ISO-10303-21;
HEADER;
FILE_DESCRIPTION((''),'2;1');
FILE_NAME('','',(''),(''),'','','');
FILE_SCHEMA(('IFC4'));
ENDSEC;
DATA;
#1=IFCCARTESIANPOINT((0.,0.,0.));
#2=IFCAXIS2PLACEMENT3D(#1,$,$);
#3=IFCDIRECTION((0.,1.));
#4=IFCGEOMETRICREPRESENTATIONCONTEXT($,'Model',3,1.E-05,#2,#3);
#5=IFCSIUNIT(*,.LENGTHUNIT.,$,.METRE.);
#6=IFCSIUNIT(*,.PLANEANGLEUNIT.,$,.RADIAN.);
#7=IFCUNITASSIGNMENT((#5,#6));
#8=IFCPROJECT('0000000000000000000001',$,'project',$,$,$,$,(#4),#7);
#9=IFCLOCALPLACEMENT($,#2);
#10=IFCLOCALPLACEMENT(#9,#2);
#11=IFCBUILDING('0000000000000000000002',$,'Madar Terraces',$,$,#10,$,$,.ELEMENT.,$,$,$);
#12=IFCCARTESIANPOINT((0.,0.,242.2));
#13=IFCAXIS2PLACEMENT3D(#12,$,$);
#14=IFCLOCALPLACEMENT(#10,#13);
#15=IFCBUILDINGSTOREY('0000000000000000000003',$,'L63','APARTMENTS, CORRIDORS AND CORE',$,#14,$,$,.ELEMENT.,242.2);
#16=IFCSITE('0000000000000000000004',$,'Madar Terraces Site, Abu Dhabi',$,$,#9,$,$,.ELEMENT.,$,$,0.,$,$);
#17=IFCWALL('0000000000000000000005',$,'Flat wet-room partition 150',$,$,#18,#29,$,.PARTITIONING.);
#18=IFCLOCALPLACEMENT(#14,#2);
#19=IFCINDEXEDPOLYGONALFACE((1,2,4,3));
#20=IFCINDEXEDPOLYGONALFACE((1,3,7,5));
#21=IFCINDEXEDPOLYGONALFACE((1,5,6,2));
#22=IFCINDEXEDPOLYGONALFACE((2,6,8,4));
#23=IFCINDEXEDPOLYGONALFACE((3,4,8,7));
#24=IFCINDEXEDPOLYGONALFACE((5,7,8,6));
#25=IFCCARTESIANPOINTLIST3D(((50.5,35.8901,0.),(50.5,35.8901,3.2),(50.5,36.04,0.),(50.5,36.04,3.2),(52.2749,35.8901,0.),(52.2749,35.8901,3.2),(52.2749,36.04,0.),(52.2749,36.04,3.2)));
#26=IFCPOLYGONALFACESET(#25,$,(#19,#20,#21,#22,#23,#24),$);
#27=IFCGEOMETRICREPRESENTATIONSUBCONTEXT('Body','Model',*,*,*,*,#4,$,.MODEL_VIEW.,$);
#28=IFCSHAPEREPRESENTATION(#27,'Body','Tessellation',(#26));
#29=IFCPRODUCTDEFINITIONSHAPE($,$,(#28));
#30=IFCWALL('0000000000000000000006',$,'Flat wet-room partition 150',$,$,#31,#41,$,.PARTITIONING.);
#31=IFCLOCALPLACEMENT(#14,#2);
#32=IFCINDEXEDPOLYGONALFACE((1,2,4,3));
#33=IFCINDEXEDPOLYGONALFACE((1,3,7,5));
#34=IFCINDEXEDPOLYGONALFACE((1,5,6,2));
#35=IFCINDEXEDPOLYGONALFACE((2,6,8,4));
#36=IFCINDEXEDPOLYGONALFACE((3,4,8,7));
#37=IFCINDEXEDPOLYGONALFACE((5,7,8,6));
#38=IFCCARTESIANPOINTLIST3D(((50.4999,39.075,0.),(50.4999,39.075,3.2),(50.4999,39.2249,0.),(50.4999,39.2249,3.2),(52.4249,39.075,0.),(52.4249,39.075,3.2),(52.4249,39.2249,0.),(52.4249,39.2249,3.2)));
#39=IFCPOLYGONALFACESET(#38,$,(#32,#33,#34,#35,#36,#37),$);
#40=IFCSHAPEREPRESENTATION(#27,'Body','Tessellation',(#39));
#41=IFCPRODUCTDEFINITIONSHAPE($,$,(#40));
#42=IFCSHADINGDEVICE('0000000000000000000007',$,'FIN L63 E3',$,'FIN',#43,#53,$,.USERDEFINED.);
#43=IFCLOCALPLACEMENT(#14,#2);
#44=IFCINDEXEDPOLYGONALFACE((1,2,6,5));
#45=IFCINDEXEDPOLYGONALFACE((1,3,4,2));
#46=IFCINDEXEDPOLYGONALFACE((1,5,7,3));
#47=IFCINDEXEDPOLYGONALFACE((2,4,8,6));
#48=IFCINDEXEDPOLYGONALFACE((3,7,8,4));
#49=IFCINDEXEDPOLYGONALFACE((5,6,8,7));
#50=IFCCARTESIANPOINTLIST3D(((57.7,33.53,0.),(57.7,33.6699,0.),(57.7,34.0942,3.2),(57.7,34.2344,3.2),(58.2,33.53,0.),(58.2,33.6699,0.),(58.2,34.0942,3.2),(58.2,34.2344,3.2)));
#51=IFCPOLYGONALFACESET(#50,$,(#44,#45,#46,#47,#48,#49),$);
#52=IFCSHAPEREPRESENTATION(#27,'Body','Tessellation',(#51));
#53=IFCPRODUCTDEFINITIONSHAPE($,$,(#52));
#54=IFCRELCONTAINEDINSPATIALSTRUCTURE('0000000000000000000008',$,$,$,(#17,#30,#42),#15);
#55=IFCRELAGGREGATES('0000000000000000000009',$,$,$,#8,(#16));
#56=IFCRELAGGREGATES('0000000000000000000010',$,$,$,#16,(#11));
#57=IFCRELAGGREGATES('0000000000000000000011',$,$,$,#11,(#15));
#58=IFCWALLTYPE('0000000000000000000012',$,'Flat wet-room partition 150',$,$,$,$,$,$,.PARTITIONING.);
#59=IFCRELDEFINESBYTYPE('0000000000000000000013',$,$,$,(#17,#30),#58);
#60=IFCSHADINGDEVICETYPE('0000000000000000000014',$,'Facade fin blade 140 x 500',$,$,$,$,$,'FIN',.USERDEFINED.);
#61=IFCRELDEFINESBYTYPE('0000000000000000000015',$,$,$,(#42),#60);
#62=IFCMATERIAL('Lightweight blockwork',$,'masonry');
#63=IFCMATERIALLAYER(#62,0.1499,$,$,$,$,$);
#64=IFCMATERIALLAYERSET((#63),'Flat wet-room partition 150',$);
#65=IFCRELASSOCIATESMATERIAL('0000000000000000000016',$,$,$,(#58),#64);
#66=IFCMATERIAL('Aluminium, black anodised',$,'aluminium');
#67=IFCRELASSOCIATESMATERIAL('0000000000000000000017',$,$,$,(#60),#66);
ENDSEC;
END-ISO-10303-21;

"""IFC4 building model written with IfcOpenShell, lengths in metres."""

from ifc_helpers import new_model, si_unit, direction, frame, frame_2d, origin, place, context, subcontext, project, spatial, polyline, rectangle, outline, extrude, material, layer, layer_set, type_object, element, save


model = new_model("IFC4")

# Units and contexts
model_context = context("Model", 3, precision=1e-05, world=origin(), true_north=direction((0.0, 1.0)))
body_context = subcontext(model_context, "Body", "Model", "MODEL_VIEW")
ifc_project = project(units=[si_unit("LENGTHUNIT", "METRE"), si_unit("PLANEANGLEUNIT", "RADIAN")], contexts=[model_context])

# Site, building, storey
site_placement = place(None, origin())
site = spatial("IfcSite", under=ifc_project, at=site_placement, Name="Madar Terraces Site, Abu Dhabi", CompositionType="ELEMENT", RefElevation=0.0)
building_placement = place(site_placement, origin())
building = spatial("IfcBuilding", under=site, at=building_placement, Name="Madar Terraces", CompositionType="ELEMENT")
storey_placement = place(building_placement, frame((0.0, 0.0, 242.2)))
storey = spatial("IfcBuildingStorey", under=building, at=storey_placement, Name="L63", Description="APARTMENTS, CORRIDORS AND CORE", CompositionType="ELEMENT", Elevation=242.2)

# Walls
ifc_material_1 = material(Name="Lightweight blockwork", Category="masonry")
ifc_layer_1 = layer(ifc_material_1, 0.1499)
ifc_layer_set_1 = layer_set([ifc_layer_1], Name="Flat wet-room partition 150")
wall_type_1 = type_object("IfcWallType", Name="Flat wet-room partition 150", PredefinedType="PARTITIONING", material=ifc_layer_set_1)
wall_1_placement = place(storey_placement, frame((50.5, 35.9651, 0.0), z_axis=(0.0, 0.0, 1.0), x_axis=(1.0, 0.0, 0.0)))
element("IfcWall", 1, at=wall_1_placement, inside=storey, type_object=wall_type_1, Name="Flat wet-room partition 150", PredefinedType="PARTITIONING", context=body_context, shape_type="SweptSolid", body=[
    extrude(rectangle(XDim=1.7749, YDim=0.1499, at=frame_2d((0.8875, 0.0))), origin(), (0.0, 0.0, 1.0), 3.2),
])
wall_2_placement = place(storey_placement, frame((50.5, 39.1499, 0.0), z_axis=(0.0, 0.0, 1.0), x_axis=(1.0, 0.0, 0.0)))
element("IfcWall", 2, at=wall_2_placement, inside=storey, type_object=wall_type_1, Name="Flat wet-room partition 150", PredefinedType="PARTITIONING", context=body_context, shape_type="SweptSolid", body=[
    extrude(rectangle(XDim=1.925, YDim=0.1499, at=frame_2d((0.9624, 0.0))), origin(), (0.0, 0.0, 1.0), 3.2),
])

# Shading device
ifc_material_2 = material(Name="Aluminium, black anodised", Category="aluminium")
shading_device_type = type_object("IfcShadingDeviceType", Name="Facade fin blade 140 x 500", ElementType="FIN", PredefinedType="USERDEFINED", material=ifc_material_2)
shading_device_placement = place(storey_placement, frame((57.95, 33.53, 0.0), z_axis=(0.0, 0.0, 1.0), x_axis=(0.0, 1.0, 0.0)))
element("IfcShadingDevice", 3, at=shading_device_placement, inside=storey, type_object=shading_device_type, Name="FIN L63 E3", ObjectType="FIN", PredefinedType="USERDEFINED", context=body_context, shape_type="SweptSolid", body=[
    extrude(outline(polyline([(0.0, 0.0), (0.1399, 0.0), (0.7043, 3.2), (0.5642, 3.2), (0.0, 0.0)])), frame((0.0, 0.25, 0.0), z_axis=(0.0, -1.0, 0.0), x_axis=(1.0, 0.0, 0.0)), (0.0, 0.0, 1.0), 0.5),
])

save(model, "model.ifc")
